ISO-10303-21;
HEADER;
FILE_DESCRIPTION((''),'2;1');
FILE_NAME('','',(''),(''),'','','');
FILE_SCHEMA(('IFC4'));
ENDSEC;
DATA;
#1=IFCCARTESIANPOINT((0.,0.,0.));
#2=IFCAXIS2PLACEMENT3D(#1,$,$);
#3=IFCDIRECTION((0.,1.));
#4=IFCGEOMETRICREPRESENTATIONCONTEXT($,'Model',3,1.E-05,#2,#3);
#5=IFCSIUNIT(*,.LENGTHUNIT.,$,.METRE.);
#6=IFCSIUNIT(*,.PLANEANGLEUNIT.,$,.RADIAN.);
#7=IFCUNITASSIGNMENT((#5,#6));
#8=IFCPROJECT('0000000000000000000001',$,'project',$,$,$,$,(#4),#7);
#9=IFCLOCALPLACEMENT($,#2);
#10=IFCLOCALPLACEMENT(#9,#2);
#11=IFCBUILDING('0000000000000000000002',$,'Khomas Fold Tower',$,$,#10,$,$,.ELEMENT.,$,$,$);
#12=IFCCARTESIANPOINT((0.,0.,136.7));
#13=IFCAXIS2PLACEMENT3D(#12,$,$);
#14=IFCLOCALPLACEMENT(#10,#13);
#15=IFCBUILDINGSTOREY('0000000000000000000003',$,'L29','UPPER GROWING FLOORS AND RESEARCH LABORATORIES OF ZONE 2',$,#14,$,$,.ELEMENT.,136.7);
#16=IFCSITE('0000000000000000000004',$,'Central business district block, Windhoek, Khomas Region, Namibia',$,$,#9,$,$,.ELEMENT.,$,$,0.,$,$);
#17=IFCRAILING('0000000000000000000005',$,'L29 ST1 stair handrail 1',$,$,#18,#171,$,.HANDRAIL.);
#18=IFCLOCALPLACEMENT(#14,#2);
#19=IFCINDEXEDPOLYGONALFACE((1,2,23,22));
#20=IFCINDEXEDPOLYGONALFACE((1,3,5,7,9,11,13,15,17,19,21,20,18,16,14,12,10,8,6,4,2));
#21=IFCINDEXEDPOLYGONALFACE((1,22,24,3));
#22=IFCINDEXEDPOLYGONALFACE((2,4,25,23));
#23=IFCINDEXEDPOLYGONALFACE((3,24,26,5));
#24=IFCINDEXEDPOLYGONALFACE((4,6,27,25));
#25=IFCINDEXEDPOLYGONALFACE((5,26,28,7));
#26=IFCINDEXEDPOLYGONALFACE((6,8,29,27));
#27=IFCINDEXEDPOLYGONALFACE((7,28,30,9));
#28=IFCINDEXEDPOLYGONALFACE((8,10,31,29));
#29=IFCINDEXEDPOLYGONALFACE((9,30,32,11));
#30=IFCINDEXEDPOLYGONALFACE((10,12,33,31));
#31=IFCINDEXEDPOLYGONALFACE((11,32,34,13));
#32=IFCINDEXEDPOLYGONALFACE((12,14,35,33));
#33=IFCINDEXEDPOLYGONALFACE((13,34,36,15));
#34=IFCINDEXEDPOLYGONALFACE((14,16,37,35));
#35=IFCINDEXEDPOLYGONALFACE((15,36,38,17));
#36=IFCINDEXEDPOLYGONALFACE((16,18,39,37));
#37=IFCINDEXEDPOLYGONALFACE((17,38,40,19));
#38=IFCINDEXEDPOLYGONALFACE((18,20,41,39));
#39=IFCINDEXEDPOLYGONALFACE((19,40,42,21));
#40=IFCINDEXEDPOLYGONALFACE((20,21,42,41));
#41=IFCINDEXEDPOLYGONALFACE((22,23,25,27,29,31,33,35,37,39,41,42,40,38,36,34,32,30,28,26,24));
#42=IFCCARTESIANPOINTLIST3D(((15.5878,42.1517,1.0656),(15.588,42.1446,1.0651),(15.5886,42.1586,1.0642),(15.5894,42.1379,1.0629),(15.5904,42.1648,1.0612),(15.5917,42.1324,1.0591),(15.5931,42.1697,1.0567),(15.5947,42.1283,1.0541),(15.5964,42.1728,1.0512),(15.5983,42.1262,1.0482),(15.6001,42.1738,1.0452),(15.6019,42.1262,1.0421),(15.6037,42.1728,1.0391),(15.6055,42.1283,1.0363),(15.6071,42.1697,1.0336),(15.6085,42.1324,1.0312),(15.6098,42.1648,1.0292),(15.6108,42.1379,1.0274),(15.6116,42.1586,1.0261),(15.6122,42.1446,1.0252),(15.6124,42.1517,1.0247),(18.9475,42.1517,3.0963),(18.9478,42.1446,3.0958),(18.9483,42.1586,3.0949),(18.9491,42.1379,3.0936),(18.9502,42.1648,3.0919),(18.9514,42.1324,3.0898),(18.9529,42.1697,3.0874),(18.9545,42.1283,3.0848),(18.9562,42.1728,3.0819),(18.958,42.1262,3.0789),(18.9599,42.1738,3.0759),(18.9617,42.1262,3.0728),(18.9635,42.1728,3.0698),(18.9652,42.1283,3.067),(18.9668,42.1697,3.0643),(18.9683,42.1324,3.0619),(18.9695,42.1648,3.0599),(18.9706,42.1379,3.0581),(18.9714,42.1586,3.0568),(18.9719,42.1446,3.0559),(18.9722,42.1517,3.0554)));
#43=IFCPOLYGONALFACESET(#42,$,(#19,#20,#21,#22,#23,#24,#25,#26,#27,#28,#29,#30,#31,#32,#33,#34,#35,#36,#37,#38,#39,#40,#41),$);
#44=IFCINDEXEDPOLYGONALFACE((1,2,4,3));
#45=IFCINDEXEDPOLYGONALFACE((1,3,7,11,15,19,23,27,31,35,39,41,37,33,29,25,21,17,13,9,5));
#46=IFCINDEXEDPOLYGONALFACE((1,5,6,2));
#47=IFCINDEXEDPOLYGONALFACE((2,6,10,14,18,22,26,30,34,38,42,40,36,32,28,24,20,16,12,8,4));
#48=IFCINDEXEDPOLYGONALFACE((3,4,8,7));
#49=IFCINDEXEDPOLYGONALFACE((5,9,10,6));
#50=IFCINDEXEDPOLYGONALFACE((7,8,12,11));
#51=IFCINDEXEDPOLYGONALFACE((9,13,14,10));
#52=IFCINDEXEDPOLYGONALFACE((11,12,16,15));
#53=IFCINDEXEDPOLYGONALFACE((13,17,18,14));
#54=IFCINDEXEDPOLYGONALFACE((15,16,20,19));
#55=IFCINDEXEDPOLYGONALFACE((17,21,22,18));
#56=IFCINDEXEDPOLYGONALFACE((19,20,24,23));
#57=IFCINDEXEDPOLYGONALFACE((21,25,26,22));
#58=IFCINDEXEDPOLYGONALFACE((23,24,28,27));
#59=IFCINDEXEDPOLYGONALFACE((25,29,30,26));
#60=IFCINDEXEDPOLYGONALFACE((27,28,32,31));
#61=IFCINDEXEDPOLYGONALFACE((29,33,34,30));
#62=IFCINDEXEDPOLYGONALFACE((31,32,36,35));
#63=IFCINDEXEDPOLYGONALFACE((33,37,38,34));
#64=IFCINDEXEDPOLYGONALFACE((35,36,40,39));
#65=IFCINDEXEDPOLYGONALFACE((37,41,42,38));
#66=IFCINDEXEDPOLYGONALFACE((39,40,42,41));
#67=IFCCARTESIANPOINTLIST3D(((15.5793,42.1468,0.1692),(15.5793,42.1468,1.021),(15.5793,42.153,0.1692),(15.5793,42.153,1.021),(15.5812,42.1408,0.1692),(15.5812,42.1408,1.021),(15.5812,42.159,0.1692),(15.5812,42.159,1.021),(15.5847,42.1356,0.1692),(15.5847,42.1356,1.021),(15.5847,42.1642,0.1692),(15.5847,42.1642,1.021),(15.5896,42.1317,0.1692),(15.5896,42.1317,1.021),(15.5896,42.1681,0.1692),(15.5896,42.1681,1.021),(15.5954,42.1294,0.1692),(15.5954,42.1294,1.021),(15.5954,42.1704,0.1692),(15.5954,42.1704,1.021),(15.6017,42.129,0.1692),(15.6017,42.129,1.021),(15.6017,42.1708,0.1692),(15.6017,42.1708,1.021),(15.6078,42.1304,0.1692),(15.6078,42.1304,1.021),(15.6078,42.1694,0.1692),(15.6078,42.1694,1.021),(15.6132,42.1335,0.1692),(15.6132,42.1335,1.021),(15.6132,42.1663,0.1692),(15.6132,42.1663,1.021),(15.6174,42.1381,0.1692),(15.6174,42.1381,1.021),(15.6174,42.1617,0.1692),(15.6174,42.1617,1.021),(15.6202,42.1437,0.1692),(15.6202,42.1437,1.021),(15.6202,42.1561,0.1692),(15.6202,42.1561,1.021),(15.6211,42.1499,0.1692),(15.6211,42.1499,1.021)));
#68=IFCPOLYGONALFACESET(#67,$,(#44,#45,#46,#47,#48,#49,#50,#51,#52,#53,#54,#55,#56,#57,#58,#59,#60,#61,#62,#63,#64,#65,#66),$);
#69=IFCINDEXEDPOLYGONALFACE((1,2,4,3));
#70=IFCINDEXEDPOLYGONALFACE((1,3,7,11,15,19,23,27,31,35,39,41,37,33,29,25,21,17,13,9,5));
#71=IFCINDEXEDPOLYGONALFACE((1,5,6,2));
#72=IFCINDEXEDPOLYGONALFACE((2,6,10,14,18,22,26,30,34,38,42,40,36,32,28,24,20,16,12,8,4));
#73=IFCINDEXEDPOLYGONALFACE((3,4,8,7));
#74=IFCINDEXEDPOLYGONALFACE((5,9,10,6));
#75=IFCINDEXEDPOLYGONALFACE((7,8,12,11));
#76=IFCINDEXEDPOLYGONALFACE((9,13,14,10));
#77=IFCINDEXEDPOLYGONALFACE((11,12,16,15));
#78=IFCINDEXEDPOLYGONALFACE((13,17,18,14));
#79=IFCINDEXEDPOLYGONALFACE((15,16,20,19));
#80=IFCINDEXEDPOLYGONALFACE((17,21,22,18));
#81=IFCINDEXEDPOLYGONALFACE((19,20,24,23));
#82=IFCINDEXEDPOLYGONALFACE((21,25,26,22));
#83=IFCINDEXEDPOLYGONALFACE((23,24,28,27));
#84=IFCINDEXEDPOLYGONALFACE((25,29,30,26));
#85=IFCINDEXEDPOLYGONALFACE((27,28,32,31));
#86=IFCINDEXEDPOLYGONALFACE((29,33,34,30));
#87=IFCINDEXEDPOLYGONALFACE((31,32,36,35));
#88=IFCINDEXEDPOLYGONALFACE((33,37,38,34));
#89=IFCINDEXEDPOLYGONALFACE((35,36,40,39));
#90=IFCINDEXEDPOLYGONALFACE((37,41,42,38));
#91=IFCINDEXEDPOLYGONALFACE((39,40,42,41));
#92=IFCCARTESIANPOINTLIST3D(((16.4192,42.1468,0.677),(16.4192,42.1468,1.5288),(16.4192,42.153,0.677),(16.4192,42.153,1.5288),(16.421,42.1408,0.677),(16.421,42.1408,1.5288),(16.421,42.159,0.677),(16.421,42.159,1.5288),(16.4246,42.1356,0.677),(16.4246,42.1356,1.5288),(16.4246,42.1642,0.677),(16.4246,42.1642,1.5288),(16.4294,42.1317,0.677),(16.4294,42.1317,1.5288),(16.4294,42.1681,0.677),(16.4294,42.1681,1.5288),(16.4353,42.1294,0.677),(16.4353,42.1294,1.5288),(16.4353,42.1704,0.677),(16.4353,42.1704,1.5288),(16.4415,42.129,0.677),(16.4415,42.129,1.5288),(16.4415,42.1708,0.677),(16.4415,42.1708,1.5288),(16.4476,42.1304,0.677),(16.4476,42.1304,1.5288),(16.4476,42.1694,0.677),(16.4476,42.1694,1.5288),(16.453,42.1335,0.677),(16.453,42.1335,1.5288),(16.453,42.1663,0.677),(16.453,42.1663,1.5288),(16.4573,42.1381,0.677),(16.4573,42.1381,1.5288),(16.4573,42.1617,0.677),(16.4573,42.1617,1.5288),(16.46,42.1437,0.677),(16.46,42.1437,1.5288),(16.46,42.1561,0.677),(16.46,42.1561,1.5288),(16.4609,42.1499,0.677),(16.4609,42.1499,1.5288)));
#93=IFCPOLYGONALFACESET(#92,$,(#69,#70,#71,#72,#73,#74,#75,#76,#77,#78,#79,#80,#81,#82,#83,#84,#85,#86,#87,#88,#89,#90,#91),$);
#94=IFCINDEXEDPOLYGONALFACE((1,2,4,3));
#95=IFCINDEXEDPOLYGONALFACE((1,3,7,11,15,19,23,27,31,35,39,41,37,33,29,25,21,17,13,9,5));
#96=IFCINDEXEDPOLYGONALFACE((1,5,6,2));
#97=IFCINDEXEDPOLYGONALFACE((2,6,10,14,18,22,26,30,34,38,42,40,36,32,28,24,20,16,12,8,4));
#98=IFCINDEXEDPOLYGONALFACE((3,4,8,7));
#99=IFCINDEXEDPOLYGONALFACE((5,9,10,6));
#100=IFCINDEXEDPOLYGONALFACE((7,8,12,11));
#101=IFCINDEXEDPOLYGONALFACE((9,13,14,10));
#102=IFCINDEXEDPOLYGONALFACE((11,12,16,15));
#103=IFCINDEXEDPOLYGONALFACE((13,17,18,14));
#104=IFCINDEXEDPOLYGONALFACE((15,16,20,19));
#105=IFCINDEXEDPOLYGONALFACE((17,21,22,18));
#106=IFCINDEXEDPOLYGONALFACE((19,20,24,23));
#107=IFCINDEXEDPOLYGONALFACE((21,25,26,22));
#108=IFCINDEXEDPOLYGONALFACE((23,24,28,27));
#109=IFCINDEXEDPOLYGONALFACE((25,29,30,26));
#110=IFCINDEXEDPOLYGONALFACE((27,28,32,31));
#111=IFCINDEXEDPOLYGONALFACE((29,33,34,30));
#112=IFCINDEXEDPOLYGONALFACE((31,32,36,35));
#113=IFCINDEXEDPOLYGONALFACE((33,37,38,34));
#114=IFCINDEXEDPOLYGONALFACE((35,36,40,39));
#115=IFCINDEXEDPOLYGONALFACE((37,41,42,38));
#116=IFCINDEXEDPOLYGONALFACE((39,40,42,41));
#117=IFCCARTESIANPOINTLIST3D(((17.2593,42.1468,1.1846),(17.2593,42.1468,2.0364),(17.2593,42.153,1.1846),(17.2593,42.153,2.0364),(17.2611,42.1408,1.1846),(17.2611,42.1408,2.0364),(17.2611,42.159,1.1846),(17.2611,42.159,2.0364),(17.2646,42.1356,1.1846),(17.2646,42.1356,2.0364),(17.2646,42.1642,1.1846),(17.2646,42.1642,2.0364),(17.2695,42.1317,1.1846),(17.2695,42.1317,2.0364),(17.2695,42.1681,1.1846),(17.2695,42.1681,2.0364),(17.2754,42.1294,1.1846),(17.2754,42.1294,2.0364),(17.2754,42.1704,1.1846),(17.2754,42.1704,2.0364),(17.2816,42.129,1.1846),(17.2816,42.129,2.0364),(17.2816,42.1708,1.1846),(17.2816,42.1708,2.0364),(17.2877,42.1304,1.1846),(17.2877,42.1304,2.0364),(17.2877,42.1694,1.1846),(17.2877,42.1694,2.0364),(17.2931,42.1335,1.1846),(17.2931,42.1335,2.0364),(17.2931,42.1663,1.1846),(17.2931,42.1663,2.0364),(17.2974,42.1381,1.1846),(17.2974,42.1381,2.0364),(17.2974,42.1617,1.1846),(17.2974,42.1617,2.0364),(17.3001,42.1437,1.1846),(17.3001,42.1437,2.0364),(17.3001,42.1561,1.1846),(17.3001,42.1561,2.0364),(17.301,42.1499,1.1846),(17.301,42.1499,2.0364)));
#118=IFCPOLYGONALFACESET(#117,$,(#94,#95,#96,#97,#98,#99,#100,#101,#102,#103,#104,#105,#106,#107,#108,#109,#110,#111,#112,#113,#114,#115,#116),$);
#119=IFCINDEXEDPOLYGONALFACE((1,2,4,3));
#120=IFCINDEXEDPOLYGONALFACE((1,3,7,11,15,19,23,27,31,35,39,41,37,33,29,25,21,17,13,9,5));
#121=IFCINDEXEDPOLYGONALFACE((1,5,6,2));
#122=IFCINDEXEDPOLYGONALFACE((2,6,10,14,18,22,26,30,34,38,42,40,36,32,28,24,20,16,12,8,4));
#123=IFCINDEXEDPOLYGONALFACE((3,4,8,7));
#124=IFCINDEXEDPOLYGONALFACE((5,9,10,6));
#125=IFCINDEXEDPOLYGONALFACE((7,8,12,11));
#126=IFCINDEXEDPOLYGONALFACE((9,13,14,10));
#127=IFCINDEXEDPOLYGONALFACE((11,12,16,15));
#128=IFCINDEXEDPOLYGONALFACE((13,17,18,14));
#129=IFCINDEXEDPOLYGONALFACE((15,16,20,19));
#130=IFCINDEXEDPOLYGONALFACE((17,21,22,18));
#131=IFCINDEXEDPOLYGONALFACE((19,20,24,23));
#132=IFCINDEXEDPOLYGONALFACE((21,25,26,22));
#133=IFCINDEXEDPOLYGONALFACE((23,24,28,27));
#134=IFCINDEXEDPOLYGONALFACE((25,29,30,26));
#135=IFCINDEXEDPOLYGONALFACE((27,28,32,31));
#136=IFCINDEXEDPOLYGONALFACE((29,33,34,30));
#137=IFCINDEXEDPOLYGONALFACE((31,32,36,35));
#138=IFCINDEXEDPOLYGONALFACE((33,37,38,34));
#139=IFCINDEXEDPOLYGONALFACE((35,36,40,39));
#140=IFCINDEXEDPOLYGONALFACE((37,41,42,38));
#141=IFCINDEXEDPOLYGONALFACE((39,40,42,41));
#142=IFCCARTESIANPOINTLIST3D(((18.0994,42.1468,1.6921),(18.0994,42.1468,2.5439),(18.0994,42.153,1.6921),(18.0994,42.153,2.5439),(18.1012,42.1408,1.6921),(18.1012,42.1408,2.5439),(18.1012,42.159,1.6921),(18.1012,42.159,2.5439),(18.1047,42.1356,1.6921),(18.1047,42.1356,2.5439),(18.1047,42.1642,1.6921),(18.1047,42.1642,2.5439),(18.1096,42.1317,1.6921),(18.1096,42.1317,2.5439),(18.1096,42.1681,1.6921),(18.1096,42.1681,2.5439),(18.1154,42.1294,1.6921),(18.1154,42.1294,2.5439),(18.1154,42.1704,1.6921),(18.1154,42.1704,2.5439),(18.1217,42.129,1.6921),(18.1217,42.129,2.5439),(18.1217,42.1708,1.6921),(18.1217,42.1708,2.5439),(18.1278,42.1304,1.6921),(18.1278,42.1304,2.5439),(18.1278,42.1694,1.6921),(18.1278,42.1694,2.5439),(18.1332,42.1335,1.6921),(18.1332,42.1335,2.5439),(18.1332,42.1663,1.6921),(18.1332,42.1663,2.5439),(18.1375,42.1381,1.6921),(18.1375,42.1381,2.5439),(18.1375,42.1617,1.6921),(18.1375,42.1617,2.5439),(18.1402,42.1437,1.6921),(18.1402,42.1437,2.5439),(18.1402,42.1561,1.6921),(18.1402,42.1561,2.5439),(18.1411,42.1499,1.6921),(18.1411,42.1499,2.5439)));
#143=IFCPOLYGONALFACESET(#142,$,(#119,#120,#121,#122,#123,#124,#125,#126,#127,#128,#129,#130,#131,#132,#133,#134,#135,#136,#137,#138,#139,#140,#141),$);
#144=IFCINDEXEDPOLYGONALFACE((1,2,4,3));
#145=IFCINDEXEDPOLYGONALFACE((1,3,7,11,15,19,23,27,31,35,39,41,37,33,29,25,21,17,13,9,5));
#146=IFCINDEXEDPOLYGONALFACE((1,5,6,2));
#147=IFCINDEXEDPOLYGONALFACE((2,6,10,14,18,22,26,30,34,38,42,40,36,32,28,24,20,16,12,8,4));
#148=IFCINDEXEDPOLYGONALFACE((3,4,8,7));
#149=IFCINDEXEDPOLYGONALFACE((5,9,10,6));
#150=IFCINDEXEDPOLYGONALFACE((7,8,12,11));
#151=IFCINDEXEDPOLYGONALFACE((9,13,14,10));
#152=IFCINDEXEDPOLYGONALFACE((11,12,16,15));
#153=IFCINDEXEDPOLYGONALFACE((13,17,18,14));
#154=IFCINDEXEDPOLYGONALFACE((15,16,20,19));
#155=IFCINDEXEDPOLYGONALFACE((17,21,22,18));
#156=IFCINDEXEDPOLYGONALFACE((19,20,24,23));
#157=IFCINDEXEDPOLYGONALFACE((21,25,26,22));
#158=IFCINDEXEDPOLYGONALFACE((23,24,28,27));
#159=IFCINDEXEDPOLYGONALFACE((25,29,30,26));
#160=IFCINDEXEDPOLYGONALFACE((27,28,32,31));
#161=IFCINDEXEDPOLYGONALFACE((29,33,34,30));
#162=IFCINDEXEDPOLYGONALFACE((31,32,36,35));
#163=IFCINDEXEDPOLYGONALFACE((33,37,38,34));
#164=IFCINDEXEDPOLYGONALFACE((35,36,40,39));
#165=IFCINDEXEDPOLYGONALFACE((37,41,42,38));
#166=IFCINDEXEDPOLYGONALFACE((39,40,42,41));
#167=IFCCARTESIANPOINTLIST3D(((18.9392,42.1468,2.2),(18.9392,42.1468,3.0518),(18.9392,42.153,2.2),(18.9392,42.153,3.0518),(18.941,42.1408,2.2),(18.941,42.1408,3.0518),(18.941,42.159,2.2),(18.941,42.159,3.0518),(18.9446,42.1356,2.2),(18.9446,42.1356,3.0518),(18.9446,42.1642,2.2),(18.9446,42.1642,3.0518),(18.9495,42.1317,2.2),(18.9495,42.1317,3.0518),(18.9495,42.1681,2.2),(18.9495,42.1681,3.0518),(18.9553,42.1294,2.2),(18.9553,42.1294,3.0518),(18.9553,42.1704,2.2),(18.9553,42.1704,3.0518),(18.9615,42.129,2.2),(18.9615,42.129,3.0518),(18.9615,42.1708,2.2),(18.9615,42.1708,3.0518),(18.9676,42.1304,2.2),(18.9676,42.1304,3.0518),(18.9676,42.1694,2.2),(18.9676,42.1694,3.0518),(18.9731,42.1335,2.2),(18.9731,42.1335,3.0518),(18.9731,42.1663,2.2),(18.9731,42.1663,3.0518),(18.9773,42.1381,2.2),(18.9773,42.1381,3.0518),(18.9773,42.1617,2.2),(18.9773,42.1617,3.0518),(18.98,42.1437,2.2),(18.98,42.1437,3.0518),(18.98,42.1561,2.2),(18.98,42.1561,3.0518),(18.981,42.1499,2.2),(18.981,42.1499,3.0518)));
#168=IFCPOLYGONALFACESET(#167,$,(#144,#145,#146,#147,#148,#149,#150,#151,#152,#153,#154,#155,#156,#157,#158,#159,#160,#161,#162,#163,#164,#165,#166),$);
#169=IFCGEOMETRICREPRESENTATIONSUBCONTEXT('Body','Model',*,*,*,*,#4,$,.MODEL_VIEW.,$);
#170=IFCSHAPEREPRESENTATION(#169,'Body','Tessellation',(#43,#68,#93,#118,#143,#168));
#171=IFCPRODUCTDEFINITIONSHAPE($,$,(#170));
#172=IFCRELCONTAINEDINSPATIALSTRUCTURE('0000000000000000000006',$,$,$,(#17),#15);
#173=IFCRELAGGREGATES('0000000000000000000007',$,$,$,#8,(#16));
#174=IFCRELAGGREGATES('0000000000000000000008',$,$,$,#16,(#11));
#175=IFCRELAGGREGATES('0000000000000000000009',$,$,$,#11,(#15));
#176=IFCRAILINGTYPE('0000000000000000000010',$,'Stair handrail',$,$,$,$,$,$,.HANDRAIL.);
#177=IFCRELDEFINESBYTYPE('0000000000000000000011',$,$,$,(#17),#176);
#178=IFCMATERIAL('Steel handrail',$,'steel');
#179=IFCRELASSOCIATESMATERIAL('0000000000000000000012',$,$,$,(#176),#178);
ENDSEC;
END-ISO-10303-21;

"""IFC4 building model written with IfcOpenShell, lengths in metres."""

from ifc_helpers import new_model, si_unit, direction, frame, origin, origin_2d, place, context, subcontext, project, spatial, circle, extrude, source, transform, mapped, material, type_object, element, save


model = new_model("IFC4")

# Units and contexts
model_context = context("Model", 3, precision=1e-05, world=origin(), true_north=direction((0.0, 1.0)))
body_context = subcontext(model_context, "Body", "Model", "MODEL_VIEW")
ifc_project = project(units=[si_unit("LENGTHUNIT", "METRE"), si_unit("PLANEANGLEUNIT", "RADIAN")], contexts=[model_context])

# Site, building, storey
site_placement = place(None, origin())
site = spatial("IfcSite", under=ifc_project, at=site_placement, Name="Central business district block, Windhoek, Khomas Region, Namibia", CompositionType="ELEMENT", RefElevation=0.0)
building_placement = place(site_placement, origin())
building = spatial("IfcBuilding", under=site, at=building_placement, Name="Khomas Fold Tower", CompositionType="ELEMENT")
storey_placement = place(building_placement, frame((0.0, 0.0, 136.7)))
storey = spatial("IfcBuildingStorey", under=building, at=storey_placement, Name="L29", Description="UPPER GROWING FLOORS AND RESEARCH LABORATORIES OF ZONE 2", CompositionType="ELEMENT", Elevation=136.7)

# Railing
ifc_material_1 = material(Name="Steel handrail", Category="steel")
railing_type_1 = type_object("IfcRailingType", Name="Stair handrail", PredefinedType="HANDRAIL", material=ifc_material_1)
shared_shape_1 = source(origin(), body_context, "Body", "SweptSolid", [
    extrude(circle(Radius=0.0239, at=origin_2d()), frame((0.0, 0.0, 0.876), z_axis=(0.85582, 0.0, 0.517273), x_axis=(0.0, 1.0, 0.0)), (0.0, 0.0, 1.0), 3.9258),
    extrude(circle(Radius=0.021, at=origin_2d()), origin(), (0.0, 0.0, 1.0), 0.8518),
    extrude(circle(Radius=0.021, at=origin_2d()), frame((0.8398, 0.0, 0.5078)), (0.0, 0.0, 1.0), 0.8518),
    extrude(circle(Radius=0.021, at=origin_2d()), frame((1.6799, 0.0, 1.0154)), (0.0, 0.0, 1.0), 0.8518),
    extrude(circle(Radius=0.021, at=origin_2d()), frame((2.52, 0.0, 1.5229)), (0.0, 0.0, 1.0), 0.8518),
    extrude(circle(Radius=0.021, at=origin_2d()), frame((3.3599, 0.0, 2.0308)), (0.0, 0.0, 1.0), 0.8518),
])
railing_1_placement = place(storey_placement, frame((15.6001, 42.1499, 0.1692)))
element("IfcRailing", 1, at=railing_1_placement, inside=storey, type_object=railing_type_1, Name="L29 ST1 stair handrail 1", PredefinedType="HANDRAIL", context=body_context, shape_type="MappedRepresentation", body=[
    mapped(shared_shape_1, transform((0.0, 0.0, 0.0))),
])

save(model, "model.ifc")
